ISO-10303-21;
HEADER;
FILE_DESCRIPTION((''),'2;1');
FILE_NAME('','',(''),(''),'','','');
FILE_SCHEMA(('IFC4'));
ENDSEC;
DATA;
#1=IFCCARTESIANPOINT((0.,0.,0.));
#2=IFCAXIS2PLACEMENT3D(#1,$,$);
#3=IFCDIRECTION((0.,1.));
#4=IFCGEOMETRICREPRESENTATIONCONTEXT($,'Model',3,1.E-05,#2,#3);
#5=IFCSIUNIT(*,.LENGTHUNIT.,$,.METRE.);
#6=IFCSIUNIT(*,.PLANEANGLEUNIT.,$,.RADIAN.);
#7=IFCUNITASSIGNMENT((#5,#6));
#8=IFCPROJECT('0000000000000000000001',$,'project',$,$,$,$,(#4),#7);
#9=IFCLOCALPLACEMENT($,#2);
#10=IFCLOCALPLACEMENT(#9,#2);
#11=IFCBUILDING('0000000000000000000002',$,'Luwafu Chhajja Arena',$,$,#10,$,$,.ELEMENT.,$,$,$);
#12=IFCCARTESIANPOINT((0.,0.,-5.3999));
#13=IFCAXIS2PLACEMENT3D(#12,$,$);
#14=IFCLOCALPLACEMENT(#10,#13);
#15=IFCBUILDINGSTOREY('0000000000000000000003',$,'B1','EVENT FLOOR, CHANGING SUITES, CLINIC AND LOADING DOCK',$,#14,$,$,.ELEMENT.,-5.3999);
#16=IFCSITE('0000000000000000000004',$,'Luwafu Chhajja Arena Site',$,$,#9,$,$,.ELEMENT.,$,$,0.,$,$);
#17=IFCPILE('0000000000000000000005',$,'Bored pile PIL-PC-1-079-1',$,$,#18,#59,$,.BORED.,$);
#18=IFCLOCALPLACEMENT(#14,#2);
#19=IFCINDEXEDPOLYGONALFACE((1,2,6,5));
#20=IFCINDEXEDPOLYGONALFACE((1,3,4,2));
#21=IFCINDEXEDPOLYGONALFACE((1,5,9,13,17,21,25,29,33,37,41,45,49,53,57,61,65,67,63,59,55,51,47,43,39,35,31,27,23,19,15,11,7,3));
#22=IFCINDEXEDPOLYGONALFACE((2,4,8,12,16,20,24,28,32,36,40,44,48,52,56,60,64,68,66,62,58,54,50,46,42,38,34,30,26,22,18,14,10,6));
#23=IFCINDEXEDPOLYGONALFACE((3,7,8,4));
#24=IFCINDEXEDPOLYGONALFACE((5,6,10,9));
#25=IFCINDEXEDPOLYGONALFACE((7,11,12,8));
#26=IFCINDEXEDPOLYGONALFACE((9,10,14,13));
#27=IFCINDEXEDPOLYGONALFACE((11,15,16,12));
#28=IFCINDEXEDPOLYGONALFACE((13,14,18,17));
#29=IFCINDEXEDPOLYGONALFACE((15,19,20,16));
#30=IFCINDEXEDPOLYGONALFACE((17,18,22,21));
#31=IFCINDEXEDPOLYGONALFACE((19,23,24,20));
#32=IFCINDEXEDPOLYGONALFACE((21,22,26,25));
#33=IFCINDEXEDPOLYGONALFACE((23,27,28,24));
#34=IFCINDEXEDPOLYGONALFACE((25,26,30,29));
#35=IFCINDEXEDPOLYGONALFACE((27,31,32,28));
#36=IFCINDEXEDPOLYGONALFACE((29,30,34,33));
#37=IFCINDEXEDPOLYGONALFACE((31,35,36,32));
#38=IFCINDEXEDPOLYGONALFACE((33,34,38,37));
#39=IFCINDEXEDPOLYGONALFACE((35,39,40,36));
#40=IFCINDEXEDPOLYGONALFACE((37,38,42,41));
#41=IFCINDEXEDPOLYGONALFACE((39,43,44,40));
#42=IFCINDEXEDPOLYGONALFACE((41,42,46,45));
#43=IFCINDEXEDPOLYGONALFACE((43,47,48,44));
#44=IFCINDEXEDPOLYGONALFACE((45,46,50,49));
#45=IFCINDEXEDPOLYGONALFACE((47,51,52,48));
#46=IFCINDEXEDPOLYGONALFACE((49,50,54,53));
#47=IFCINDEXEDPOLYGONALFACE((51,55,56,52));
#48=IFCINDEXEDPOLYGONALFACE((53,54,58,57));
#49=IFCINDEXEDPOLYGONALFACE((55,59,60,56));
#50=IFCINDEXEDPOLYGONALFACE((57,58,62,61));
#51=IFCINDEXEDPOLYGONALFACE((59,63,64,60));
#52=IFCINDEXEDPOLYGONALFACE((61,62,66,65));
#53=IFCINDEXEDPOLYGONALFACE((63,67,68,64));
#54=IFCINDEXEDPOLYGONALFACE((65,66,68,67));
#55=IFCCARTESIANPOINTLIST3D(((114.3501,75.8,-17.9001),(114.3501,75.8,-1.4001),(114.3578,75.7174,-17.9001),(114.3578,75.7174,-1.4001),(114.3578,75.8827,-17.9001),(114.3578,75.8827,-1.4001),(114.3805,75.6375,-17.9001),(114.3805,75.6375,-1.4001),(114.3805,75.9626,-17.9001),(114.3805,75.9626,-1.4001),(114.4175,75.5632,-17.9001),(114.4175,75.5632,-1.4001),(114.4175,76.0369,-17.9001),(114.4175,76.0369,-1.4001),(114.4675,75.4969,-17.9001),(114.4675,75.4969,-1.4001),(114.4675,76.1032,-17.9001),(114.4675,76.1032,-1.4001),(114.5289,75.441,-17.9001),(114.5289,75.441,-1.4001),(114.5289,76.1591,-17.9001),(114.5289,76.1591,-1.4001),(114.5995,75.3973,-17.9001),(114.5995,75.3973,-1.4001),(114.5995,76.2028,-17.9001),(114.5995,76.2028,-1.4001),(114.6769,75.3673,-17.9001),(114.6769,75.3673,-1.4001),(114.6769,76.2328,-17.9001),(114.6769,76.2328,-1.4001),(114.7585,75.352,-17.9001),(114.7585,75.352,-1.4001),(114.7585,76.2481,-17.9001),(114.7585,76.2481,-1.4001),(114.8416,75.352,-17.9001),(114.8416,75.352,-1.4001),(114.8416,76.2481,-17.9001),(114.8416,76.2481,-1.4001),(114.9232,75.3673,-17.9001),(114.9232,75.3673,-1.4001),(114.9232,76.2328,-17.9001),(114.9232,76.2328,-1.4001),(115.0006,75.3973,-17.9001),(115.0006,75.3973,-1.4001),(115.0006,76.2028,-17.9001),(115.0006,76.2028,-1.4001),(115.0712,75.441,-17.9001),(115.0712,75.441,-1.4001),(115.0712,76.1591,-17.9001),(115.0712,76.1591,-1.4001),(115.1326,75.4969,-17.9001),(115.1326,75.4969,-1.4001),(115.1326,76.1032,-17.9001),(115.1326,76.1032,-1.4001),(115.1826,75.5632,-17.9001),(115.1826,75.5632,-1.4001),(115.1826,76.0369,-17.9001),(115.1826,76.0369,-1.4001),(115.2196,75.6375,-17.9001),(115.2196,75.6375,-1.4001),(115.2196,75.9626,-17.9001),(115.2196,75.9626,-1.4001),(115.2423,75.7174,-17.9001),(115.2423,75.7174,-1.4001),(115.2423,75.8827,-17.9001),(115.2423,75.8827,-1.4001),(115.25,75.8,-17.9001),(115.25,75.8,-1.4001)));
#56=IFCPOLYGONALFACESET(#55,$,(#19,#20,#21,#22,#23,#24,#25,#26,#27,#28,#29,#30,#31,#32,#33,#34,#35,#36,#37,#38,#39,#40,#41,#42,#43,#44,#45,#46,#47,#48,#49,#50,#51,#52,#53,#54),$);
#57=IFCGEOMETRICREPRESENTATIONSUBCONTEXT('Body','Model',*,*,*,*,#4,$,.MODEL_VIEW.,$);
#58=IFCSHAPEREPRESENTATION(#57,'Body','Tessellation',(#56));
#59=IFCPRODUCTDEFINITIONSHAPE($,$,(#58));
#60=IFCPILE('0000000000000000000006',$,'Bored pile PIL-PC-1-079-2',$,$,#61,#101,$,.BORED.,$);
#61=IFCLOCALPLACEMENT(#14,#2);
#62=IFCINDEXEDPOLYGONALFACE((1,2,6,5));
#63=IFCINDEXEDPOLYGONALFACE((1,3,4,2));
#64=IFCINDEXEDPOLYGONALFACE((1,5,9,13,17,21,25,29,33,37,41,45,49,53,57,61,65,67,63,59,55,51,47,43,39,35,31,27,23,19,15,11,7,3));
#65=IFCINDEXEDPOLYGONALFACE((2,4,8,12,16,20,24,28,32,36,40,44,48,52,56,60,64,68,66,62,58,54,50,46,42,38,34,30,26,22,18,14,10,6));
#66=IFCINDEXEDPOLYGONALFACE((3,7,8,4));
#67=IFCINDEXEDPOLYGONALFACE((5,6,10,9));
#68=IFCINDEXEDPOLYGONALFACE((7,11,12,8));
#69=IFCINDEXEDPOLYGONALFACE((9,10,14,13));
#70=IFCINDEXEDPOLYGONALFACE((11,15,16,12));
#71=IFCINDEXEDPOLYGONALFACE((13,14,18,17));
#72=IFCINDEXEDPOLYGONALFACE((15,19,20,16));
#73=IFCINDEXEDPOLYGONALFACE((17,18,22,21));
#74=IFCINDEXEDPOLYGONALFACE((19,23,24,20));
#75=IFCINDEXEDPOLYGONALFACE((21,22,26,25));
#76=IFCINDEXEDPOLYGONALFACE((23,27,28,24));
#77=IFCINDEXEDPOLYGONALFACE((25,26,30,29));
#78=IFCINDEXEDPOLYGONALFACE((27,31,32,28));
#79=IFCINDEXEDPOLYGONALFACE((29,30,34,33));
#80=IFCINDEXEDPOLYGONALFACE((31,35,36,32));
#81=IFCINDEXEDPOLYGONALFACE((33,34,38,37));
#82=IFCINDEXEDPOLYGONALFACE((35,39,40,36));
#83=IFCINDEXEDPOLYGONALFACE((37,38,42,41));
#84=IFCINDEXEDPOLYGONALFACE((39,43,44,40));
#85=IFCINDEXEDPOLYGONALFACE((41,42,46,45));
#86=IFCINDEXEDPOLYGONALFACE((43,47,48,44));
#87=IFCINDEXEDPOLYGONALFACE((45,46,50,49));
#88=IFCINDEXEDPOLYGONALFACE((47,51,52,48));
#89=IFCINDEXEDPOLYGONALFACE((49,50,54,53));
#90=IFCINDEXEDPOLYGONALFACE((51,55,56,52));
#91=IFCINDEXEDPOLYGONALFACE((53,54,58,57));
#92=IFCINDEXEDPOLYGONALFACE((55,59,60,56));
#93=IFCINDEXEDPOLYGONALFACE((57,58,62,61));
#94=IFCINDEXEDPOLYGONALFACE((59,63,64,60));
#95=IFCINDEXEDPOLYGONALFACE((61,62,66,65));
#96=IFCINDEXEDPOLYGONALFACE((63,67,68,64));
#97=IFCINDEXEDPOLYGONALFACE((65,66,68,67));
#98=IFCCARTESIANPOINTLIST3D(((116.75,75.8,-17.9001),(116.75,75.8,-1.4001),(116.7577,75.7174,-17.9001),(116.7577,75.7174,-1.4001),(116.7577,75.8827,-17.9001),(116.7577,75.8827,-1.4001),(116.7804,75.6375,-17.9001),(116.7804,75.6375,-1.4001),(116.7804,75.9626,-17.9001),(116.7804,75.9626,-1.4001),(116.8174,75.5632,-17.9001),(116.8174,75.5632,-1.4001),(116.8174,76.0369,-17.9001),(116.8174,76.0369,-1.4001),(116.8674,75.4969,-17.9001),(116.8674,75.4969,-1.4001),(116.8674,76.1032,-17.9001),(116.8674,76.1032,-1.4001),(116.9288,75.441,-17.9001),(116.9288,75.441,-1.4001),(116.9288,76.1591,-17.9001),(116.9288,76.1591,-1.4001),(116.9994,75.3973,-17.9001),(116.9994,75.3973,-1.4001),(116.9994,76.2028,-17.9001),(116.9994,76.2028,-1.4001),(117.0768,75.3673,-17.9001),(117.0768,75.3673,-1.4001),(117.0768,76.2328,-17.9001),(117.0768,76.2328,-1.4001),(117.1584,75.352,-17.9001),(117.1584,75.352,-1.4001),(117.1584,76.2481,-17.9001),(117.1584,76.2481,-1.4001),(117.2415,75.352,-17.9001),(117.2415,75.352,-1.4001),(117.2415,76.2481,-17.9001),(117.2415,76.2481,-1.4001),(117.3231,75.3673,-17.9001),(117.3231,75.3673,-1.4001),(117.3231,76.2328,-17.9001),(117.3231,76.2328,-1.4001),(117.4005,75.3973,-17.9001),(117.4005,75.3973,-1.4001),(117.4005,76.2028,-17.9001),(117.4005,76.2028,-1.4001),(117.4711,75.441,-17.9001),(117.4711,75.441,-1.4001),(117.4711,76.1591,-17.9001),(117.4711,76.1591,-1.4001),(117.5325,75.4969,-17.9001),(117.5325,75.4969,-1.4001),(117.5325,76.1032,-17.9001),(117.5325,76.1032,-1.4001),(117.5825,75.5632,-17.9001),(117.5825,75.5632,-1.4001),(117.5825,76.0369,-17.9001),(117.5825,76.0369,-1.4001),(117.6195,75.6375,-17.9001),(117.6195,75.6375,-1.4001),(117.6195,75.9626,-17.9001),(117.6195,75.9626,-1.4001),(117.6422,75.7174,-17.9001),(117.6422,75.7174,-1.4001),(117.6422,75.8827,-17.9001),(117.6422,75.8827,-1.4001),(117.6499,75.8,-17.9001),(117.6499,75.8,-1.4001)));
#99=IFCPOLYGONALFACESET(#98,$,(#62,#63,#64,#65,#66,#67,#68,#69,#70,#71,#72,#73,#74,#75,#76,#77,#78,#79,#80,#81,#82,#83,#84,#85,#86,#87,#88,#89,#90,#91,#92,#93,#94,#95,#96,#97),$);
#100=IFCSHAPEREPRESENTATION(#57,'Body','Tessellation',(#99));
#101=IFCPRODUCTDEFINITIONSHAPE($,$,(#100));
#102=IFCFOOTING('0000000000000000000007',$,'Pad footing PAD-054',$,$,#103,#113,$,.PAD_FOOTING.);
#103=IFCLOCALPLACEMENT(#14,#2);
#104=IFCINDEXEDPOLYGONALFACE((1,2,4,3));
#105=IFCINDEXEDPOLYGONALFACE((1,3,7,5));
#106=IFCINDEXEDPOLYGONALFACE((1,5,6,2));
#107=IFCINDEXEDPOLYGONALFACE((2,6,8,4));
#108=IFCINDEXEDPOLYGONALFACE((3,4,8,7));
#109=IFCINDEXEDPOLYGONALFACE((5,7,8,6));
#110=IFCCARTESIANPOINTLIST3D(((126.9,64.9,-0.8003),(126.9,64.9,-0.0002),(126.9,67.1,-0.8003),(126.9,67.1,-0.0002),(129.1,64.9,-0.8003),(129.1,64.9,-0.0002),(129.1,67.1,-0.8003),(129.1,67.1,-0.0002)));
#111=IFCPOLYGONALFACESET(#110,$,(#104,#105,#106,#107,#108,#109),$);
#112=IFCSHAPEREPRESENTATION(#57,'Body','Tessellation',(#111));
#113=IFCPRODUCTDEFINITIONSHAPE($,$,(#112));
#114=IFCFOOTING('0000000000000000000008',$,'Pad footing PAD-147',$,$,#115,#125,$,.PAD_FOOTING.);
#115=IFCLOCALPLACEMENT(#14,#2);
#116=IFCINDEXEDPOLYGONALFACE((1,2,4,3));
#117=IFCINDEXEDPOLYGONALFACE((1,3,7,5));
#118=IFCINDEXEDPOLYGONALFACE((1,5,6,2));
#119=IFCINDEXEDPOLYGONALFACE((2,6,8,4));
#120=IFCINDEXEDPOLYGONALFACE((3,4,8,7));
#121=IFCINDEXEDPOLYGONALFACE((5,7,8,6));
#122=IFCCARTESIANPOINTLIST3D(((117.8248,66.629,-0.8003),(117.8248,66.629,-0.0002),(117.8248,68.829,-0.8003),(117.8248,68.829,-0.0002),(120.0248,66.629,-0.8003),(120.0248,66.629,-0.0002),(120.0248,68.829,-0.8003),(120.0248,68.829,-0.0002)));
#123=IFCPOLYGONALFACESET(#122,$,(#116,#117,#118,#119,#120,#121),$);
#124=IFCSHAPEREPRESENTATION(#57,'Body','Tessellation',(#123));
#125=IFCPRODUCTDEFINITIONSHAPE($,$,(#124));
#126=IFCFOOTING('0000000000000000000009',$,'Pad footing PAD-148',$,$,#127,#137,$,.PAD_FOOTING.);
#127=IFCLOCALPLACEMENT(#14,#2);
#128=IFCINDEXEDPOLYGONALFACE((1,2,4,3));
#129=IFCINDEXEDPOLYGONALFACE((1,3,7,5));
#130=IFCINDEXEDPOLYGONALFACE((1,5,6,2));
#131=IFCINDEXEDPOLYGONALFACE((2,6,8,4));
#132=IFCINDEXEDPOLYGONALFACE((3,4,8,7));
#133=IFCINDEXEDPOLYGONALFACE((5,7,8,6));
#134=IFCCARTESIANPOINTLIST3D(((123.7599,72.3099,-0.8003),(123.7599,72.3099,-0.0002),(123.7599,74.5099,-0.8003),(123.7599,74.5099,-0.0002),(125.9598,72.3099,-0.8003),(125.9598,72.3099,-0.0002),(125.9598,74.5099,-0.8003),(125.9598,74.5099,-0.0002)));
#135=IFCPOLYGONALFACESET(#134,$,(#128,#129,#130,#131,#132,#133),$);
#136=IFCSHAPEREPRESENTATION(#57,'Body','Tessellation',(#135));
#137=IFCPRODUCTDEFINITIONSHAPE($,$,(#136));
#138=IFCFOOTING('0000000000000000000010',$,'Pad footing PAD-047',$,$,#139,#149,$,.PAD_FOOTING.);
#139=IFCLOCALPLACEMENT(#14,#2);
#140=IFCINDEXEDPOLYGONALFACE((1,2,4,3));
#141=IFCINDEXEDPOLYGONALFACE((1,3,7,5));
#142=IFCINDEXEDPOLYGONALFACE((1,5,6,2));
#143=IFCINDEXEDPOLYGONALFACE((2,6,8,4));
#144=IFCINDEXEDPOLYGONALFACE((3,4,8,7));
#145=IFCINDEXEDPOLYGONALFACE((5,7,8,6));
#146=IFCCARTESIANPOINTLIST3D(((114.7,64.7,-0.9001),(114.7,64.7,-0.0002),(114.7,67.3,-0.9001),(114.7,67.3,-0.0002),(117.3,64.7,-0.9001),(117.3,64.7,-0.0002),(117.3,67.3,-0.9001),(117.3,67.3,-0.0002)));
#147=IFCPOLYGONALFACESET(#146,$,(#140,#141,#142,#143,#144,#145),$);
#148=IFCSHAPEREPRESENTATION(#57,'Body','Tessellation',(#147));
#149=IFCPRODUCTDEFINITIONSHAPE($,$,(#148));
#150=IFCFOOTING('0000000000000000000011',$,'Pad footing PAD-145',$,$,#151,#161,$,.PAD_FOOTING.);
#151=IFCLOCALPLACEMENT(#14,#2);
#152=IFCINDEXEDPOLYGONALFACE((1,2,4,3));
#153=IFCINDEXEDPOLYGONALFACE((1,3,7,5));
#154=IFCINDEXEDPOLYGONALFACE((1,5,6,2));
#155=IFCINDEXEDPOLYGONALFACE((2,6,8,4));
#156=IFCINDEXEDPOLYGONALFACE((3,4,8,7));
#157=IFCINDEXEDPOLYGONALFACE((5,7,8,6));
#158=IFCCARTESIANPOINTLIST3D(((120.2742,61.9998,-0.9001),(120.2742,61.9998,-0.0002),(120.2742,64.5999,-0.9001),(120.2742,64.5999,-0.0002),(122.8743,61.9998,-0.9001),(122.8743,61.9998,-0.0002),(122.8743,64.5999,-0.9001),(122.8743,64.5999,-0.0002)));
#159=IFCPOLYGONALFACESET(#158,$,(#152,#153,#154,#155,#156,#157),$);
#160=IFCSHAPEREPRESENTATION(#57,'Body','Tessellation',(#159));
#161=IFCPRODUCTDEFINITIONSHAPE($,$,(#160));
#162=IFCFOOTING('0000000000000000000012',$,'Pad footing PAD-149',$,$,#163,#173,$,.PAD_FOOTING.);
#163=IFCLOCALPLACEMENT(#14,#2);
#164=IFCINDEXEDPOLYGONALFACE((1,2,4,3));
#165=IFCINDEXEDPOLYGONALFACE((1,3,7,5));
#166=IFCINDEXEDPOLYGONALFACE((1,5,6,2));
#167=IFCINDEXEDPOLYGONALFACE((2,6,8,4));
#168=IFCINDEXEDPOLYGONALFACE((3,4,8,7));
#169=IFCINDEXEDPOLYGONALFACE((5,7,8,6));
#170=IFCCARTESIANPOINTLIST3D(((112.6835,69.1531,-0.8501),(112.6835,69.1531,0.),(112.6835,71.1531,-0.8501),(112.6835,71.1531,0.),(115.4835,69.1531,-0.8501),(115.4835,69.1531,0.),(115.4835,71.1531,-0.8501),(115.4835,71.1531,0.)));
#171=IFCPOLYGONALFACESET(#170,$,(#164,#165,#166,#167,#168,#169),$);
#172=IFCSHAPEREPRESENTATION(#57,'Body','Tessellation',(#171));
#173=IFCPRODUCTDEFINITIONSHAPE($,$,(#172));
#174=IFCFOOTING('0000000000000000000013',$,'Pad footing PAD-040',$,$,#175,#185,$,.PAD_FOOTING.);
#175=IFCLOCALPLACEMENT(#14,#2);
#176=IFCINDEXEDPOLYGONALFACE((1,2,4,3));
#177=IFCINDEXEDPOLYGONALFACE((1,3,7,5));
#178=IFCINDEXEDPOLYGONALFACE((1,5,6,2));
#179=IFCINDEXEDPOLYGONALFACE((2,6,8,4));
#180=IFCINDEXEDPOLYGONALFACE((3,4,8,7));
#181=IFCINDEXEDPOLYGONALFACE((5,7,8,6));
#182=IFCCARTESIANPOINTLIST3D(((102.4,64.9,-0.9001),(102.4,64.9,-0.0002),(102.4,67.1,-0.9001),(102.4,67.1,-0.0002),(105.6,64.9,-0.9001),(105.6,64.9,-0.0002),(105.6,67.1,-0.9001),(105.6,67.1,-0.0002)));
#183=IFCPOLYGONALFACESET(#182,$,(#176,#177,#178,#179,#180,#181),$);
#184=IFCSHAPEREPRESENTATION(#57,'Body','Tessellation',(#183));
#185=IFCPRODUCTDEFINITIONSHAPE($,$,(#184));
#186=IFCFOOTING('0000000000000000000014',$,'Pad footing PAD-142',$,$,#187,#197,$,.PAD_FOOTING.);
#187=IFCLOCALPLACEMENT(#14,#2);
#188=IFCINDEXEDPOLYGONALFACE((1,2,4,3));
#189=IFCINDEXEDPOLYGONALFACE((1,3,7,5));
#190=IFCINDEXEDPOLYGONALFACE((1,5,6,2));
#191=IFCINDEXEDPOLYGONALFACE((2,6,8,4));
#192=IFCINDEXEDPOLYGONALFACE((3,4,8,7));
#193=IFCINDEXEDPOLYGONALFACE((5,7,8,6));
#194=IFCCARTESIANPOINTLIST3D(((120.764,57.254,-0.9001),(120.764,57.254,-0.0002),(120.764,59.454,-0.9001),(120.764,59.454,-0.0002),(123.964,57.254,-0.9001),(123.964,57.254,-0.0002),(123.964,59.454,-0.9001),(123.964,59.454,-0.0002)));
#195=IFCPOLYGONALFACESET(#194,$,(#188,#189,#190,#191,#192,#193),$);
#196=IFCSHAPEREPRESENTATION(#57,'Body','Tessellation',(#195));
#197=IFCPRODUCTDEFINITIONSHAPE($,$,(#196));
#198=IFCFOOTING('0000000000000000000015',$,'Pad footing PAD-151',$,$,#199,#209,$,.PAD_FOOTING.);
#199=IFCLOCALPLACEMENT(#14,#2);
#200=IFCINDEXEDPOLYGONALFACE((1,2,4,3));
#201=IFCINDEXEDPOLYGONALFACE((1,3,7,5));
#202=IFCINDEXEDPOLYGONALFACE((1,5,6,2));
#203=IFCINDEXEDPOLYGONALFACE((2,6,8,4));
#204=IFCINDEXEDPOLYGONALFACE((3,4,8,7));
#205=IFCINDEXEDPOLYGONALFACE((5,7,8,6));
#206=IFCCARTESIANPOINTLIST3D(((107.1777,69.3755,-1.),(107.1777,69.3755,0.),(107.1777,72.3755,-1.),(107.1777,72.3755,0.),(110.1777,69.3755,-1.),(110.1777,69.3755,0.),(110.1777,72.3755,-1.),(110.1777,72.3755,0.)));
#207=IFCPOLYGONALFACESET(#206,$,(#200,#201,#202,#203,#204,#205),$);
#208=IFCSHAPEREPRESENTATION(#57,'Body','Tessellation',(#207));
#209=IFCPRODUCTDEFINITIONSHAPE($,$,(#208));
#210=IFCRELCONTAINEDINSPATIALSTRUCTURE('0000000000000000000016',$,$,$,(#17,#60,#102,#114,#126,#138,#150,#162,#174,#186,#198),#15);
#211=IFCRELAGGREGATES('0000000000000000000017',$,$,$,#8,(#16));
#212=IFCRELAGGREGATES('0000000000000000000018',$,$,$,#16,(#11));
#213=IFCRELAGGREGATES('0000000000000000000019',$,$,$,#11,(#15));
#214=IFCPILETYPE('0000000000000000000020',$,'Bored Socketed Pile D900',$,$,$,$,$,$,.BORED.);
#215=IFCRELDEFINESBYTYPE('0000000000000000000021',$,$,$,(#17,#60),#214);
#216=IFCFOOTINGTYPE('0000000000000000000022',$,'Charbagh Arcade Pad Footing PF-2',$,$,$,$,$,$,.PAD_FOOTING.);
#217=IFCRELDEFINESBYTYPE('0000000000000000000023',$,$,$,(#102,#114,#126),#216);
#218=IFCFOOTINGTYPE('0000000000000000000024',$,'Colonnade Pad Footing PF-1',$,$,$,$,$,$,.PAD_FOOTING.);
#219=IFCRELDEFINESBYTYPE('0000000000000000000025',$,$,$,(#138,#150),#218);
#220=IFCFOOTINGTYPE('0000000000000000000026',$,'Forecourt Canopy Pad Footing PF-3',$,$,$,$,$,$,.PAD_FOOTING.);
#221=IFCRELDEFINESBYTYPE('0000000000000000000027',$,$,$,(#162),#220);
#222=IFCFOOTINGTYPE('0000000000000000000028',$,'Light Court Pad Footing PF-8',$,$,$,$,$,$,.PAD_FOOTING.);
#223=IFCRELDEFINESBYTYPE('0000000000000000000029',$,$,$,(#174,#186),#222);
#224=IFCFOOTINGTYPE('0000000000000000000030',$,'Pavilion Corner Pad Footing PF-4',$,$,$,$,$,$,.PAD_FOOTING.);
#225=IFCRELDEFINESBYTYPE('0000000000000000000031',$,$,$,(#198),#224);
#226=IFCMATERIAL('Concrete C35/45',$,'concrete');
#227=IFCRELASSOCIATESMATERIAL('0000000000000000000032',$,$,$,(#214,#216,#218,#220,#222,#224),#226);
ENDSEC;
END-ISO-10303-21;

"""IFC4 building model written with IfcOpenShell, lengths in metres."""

from ifc_helpers import new_model, si_unit, direction, frame, origin, origin_2d, place, context, subcontext, project, spatial, rectangle, circle, extrude, material, material_profile, profile_set, type_object, element, save


model = new_model("IFC4")

# Units and contexts
model_context = context("Model", 3, precision=1e-05, world=origin(), true_north=direction((0.0, 1.0)))
body_context = subcontext(model_context, "Body", "Model", "MODEL_VIEW")
ifc_project = project(units=[si_unit("LENGTHUNIT", "METRE"), si_unit("PLANEANGLEUNIT", "RADIAN")], contexts=[model_context])

# Site, building, storey
site_placement = place(None, origin())
site = spatial("IfcSite", under=ifc_project, at=site_placement, Name="Luwafu Chhajja Arena Site", CompositionType="ELEMENT", RefElevation=0.0)
building_placement = place(site_placement, origin())
building = spatial("IfcBuilding", under=site, at=building_placement, Name="Luwafu Chhajja Arena", CompositionType="ELEMENT")
storey_placement = place(building_placement, frame((0.0, 0.0, -5.3999)))
storey = spatial("IfcBuildingStorey", under=building, at=storey_placement, Name="B1", Description="EVENT FLOOR, CHANGING SUITES, CLINIC AND LOADING DOCK", CompositionType="ELEMENT", Elevation=-5.3999)

# Piles
ifc_material_1 = material(Name="Concrete C35/45", Category="concrete")
ifc_material_profile_1 = material_profile(ifc_material_1, circle(Radius=0.45, at=origin_2d()), Name="PILE D900")
ifc_profile_set_1 = profile_set([ifc_material_profile_1], Name="Concrete C35/45")
pile_type_1 = type_object("IfcPileType", Name="Bored Socketed Pile D900", PredefinedType="BORED", material=ifc_profile_set_1)
for number, where, z_axis, x_axis, name in (
    (1, (114.8, 75.8, -1.4001), (0.0, 0.0, -1.0), (1.0, 0.0, 0.0), "Bored pile PIL-PC-1-079-1"),
    (2, (117.2, 75.8, -1.4001), (0.0, 0.0, -1.0), (1.0, 0.0, 0.0), "Bored pile PIL-PC-1-079-2"),
):
    element("IfcPile", number, at=place(storey_placement, frame(where, z_axis=z_axis, x_axis=x_axis)), inside=storey, type_object=pile_type_1, Name=name, PredefinedType="BORED", context=body_context, shape_type="SweptSolid", body=[
        extrude(circle(Radius=0.45, at=origin_2d()), origin(), (0.0, 0.0, 1.0), 16.5),
    ])

# Footings
footing_type_1 = type_object("IfcFootingType", Name="Charbagh Arcade Pad Footing PF-2", PredefinedType="PAD_FOOTING", material=ifc_material_1)
for number, where, z_axis, x_axis, name in (
    (3, (128.0, 66.0, -0.8003), (0.0, 0.0, 1.0), (1.0, 0.0, 0.0), "Pad footing PAD-054"),
    (4, (118.9248, 67.729, -0.8003), (0.0, 0.0, 1.0), (1.0, 0.0, 0.0), "Pad footing PAD-147"),
    (5, (124.8599, 73.4099, -0.8003), (0.0, 0.0, 1.0), (1.0, 0.0, 0.0), "Pad footing PAD-148"),
):
    element("IfcFooting", number, at=place(storey_placement, frame(where, z_axis=z_axis, x_axis=x_axis)), inside=storey, type_object=footing_type_1, Name=name, PredefinedType="PAD_FOOTING", context=body_context, shape_type="SweptSolid", body=[
        extrude(rectangle(XDim=2.2, YDim=2.2, at=origin_2d()), origin(), (0.0, 0.0, 1.0), 0.8),
    ])
footing_type_2 = type_object("IfcFootingType", Name="Colonnade Pad Footing PF-1", PredefinedType="PAD_FOOTING", material=ifc_material_1)
for number, where, z_axis, x_axis, name in (
    (6, (116.0, 66.0, -0.9001), (0.0, 0.0, 1.0), (1.0, 0.0, 0.0), "Pad footing PAD-047"),
    (7, (121.5742, 63.2998, -0.9001), (0.0, 0.0, 1.0), (1.0, 0.0, 0.0), "Pad footing PAD-145"),
):
    element("IfcFooting", number, at=place(storey_placement, frame(where, z_axis=z_axis, x_axis=x_axis)), inside=storey, type_object=footing_type_2, Name=name, PredefinedType="PAD_FOOTING", context=body_context, shape_type="SweptSolid", body=[
        extrude(rectangle(XDim=2.6001, YDim=2.6001, at=origin_2d()), origin(), (0.0, 0.0, 1.0), 0.8999),
    ])
footing_type_3 = type_object("IfcFootingType", Name="Forecourt Canopy Pad Footing PF-3", PredefinedType="PAD_FOOTING", material=ifc_material_1)
footing_1_placement = place(storey_placement, frame((114.0835, 70.1531, -0.8501), z_axis=(0.0, 0.0, 1.0), x_axis=(1.0, 0.0, 0.0)))
element("IfcFooting", 8, at=footing_1_placement, inside=storey, type_object=footing_type_3, Name="Pad footing PAD-149", PredefinedType="PAD_FOOTING", context=body_context, shape_type="SweptSolid", body=[
    extrude(rectangle(XDim=2.8, YDim=2.0, at=origin_2d()), origin(), (0.0, 0.0, 1.0), 0.8501),
])
footing_type_4 = type_object("IfcFootingType", Name="Light Court Pad Footing PF-8", PredefinedType="PAD_FOOTING", material=ifc_material_1)
for number, where, z_axis, x_axis, name in (
    (9, (104.0, 66.0, -0.9001), (0.0, 0.0, 1.0), (1.0, 0.0, 0.0), "Pad footing PAD-040"),
    (10, (122.364, 58.354, -0.9001), (0.0, 0.0, 1.0), (1.0, 0.0, 0.0), "Pad footing PAD-142"),
):
    element("IfcFooting", number, at=place(storey_placement, frame(where, z_axis=z_axis, x_axis=x_axis)), inside=storey, type_object=footing_type_4, Name=name, PredefinedType="PAD_FOOTING", context=body_context, shape_type="SweptSolid", body=[
        extrude(rectangle(XDim=3.2, YDim=2.2, at=origin_2d()), origin(), (0.0, 0.0, 1.0), 0.8999),
    ])
footing_type_5 = type_object("IfcFootingType", Name="Pavilion Corner Pad Footing PF-4", PredefinedType="PAD_FOOTING", material=ifc_material_1)
footing_2_placement = place(storey_placement, frame((108.6777, 70.8755, -1.0), z_axis=(0.0, 0.0, 1.0), x_axis=(1.0, 0.0, 0.0)))
element("IfcFooting", 11, at=footing_2_placement, inside=storey, type_object=footing_type_5, Name="Pad footing PAD-151", PredefinedType="PAD_FOOTING", context=body_context, shape_type="SweptSolid", body=[
    extrude(rectangle(XDim=3.0, YDim=3.0, at=origin_2d()), origin(), (0.0, 0.0, 1.0), 1.0),
])

save(model, "model.ifc")
